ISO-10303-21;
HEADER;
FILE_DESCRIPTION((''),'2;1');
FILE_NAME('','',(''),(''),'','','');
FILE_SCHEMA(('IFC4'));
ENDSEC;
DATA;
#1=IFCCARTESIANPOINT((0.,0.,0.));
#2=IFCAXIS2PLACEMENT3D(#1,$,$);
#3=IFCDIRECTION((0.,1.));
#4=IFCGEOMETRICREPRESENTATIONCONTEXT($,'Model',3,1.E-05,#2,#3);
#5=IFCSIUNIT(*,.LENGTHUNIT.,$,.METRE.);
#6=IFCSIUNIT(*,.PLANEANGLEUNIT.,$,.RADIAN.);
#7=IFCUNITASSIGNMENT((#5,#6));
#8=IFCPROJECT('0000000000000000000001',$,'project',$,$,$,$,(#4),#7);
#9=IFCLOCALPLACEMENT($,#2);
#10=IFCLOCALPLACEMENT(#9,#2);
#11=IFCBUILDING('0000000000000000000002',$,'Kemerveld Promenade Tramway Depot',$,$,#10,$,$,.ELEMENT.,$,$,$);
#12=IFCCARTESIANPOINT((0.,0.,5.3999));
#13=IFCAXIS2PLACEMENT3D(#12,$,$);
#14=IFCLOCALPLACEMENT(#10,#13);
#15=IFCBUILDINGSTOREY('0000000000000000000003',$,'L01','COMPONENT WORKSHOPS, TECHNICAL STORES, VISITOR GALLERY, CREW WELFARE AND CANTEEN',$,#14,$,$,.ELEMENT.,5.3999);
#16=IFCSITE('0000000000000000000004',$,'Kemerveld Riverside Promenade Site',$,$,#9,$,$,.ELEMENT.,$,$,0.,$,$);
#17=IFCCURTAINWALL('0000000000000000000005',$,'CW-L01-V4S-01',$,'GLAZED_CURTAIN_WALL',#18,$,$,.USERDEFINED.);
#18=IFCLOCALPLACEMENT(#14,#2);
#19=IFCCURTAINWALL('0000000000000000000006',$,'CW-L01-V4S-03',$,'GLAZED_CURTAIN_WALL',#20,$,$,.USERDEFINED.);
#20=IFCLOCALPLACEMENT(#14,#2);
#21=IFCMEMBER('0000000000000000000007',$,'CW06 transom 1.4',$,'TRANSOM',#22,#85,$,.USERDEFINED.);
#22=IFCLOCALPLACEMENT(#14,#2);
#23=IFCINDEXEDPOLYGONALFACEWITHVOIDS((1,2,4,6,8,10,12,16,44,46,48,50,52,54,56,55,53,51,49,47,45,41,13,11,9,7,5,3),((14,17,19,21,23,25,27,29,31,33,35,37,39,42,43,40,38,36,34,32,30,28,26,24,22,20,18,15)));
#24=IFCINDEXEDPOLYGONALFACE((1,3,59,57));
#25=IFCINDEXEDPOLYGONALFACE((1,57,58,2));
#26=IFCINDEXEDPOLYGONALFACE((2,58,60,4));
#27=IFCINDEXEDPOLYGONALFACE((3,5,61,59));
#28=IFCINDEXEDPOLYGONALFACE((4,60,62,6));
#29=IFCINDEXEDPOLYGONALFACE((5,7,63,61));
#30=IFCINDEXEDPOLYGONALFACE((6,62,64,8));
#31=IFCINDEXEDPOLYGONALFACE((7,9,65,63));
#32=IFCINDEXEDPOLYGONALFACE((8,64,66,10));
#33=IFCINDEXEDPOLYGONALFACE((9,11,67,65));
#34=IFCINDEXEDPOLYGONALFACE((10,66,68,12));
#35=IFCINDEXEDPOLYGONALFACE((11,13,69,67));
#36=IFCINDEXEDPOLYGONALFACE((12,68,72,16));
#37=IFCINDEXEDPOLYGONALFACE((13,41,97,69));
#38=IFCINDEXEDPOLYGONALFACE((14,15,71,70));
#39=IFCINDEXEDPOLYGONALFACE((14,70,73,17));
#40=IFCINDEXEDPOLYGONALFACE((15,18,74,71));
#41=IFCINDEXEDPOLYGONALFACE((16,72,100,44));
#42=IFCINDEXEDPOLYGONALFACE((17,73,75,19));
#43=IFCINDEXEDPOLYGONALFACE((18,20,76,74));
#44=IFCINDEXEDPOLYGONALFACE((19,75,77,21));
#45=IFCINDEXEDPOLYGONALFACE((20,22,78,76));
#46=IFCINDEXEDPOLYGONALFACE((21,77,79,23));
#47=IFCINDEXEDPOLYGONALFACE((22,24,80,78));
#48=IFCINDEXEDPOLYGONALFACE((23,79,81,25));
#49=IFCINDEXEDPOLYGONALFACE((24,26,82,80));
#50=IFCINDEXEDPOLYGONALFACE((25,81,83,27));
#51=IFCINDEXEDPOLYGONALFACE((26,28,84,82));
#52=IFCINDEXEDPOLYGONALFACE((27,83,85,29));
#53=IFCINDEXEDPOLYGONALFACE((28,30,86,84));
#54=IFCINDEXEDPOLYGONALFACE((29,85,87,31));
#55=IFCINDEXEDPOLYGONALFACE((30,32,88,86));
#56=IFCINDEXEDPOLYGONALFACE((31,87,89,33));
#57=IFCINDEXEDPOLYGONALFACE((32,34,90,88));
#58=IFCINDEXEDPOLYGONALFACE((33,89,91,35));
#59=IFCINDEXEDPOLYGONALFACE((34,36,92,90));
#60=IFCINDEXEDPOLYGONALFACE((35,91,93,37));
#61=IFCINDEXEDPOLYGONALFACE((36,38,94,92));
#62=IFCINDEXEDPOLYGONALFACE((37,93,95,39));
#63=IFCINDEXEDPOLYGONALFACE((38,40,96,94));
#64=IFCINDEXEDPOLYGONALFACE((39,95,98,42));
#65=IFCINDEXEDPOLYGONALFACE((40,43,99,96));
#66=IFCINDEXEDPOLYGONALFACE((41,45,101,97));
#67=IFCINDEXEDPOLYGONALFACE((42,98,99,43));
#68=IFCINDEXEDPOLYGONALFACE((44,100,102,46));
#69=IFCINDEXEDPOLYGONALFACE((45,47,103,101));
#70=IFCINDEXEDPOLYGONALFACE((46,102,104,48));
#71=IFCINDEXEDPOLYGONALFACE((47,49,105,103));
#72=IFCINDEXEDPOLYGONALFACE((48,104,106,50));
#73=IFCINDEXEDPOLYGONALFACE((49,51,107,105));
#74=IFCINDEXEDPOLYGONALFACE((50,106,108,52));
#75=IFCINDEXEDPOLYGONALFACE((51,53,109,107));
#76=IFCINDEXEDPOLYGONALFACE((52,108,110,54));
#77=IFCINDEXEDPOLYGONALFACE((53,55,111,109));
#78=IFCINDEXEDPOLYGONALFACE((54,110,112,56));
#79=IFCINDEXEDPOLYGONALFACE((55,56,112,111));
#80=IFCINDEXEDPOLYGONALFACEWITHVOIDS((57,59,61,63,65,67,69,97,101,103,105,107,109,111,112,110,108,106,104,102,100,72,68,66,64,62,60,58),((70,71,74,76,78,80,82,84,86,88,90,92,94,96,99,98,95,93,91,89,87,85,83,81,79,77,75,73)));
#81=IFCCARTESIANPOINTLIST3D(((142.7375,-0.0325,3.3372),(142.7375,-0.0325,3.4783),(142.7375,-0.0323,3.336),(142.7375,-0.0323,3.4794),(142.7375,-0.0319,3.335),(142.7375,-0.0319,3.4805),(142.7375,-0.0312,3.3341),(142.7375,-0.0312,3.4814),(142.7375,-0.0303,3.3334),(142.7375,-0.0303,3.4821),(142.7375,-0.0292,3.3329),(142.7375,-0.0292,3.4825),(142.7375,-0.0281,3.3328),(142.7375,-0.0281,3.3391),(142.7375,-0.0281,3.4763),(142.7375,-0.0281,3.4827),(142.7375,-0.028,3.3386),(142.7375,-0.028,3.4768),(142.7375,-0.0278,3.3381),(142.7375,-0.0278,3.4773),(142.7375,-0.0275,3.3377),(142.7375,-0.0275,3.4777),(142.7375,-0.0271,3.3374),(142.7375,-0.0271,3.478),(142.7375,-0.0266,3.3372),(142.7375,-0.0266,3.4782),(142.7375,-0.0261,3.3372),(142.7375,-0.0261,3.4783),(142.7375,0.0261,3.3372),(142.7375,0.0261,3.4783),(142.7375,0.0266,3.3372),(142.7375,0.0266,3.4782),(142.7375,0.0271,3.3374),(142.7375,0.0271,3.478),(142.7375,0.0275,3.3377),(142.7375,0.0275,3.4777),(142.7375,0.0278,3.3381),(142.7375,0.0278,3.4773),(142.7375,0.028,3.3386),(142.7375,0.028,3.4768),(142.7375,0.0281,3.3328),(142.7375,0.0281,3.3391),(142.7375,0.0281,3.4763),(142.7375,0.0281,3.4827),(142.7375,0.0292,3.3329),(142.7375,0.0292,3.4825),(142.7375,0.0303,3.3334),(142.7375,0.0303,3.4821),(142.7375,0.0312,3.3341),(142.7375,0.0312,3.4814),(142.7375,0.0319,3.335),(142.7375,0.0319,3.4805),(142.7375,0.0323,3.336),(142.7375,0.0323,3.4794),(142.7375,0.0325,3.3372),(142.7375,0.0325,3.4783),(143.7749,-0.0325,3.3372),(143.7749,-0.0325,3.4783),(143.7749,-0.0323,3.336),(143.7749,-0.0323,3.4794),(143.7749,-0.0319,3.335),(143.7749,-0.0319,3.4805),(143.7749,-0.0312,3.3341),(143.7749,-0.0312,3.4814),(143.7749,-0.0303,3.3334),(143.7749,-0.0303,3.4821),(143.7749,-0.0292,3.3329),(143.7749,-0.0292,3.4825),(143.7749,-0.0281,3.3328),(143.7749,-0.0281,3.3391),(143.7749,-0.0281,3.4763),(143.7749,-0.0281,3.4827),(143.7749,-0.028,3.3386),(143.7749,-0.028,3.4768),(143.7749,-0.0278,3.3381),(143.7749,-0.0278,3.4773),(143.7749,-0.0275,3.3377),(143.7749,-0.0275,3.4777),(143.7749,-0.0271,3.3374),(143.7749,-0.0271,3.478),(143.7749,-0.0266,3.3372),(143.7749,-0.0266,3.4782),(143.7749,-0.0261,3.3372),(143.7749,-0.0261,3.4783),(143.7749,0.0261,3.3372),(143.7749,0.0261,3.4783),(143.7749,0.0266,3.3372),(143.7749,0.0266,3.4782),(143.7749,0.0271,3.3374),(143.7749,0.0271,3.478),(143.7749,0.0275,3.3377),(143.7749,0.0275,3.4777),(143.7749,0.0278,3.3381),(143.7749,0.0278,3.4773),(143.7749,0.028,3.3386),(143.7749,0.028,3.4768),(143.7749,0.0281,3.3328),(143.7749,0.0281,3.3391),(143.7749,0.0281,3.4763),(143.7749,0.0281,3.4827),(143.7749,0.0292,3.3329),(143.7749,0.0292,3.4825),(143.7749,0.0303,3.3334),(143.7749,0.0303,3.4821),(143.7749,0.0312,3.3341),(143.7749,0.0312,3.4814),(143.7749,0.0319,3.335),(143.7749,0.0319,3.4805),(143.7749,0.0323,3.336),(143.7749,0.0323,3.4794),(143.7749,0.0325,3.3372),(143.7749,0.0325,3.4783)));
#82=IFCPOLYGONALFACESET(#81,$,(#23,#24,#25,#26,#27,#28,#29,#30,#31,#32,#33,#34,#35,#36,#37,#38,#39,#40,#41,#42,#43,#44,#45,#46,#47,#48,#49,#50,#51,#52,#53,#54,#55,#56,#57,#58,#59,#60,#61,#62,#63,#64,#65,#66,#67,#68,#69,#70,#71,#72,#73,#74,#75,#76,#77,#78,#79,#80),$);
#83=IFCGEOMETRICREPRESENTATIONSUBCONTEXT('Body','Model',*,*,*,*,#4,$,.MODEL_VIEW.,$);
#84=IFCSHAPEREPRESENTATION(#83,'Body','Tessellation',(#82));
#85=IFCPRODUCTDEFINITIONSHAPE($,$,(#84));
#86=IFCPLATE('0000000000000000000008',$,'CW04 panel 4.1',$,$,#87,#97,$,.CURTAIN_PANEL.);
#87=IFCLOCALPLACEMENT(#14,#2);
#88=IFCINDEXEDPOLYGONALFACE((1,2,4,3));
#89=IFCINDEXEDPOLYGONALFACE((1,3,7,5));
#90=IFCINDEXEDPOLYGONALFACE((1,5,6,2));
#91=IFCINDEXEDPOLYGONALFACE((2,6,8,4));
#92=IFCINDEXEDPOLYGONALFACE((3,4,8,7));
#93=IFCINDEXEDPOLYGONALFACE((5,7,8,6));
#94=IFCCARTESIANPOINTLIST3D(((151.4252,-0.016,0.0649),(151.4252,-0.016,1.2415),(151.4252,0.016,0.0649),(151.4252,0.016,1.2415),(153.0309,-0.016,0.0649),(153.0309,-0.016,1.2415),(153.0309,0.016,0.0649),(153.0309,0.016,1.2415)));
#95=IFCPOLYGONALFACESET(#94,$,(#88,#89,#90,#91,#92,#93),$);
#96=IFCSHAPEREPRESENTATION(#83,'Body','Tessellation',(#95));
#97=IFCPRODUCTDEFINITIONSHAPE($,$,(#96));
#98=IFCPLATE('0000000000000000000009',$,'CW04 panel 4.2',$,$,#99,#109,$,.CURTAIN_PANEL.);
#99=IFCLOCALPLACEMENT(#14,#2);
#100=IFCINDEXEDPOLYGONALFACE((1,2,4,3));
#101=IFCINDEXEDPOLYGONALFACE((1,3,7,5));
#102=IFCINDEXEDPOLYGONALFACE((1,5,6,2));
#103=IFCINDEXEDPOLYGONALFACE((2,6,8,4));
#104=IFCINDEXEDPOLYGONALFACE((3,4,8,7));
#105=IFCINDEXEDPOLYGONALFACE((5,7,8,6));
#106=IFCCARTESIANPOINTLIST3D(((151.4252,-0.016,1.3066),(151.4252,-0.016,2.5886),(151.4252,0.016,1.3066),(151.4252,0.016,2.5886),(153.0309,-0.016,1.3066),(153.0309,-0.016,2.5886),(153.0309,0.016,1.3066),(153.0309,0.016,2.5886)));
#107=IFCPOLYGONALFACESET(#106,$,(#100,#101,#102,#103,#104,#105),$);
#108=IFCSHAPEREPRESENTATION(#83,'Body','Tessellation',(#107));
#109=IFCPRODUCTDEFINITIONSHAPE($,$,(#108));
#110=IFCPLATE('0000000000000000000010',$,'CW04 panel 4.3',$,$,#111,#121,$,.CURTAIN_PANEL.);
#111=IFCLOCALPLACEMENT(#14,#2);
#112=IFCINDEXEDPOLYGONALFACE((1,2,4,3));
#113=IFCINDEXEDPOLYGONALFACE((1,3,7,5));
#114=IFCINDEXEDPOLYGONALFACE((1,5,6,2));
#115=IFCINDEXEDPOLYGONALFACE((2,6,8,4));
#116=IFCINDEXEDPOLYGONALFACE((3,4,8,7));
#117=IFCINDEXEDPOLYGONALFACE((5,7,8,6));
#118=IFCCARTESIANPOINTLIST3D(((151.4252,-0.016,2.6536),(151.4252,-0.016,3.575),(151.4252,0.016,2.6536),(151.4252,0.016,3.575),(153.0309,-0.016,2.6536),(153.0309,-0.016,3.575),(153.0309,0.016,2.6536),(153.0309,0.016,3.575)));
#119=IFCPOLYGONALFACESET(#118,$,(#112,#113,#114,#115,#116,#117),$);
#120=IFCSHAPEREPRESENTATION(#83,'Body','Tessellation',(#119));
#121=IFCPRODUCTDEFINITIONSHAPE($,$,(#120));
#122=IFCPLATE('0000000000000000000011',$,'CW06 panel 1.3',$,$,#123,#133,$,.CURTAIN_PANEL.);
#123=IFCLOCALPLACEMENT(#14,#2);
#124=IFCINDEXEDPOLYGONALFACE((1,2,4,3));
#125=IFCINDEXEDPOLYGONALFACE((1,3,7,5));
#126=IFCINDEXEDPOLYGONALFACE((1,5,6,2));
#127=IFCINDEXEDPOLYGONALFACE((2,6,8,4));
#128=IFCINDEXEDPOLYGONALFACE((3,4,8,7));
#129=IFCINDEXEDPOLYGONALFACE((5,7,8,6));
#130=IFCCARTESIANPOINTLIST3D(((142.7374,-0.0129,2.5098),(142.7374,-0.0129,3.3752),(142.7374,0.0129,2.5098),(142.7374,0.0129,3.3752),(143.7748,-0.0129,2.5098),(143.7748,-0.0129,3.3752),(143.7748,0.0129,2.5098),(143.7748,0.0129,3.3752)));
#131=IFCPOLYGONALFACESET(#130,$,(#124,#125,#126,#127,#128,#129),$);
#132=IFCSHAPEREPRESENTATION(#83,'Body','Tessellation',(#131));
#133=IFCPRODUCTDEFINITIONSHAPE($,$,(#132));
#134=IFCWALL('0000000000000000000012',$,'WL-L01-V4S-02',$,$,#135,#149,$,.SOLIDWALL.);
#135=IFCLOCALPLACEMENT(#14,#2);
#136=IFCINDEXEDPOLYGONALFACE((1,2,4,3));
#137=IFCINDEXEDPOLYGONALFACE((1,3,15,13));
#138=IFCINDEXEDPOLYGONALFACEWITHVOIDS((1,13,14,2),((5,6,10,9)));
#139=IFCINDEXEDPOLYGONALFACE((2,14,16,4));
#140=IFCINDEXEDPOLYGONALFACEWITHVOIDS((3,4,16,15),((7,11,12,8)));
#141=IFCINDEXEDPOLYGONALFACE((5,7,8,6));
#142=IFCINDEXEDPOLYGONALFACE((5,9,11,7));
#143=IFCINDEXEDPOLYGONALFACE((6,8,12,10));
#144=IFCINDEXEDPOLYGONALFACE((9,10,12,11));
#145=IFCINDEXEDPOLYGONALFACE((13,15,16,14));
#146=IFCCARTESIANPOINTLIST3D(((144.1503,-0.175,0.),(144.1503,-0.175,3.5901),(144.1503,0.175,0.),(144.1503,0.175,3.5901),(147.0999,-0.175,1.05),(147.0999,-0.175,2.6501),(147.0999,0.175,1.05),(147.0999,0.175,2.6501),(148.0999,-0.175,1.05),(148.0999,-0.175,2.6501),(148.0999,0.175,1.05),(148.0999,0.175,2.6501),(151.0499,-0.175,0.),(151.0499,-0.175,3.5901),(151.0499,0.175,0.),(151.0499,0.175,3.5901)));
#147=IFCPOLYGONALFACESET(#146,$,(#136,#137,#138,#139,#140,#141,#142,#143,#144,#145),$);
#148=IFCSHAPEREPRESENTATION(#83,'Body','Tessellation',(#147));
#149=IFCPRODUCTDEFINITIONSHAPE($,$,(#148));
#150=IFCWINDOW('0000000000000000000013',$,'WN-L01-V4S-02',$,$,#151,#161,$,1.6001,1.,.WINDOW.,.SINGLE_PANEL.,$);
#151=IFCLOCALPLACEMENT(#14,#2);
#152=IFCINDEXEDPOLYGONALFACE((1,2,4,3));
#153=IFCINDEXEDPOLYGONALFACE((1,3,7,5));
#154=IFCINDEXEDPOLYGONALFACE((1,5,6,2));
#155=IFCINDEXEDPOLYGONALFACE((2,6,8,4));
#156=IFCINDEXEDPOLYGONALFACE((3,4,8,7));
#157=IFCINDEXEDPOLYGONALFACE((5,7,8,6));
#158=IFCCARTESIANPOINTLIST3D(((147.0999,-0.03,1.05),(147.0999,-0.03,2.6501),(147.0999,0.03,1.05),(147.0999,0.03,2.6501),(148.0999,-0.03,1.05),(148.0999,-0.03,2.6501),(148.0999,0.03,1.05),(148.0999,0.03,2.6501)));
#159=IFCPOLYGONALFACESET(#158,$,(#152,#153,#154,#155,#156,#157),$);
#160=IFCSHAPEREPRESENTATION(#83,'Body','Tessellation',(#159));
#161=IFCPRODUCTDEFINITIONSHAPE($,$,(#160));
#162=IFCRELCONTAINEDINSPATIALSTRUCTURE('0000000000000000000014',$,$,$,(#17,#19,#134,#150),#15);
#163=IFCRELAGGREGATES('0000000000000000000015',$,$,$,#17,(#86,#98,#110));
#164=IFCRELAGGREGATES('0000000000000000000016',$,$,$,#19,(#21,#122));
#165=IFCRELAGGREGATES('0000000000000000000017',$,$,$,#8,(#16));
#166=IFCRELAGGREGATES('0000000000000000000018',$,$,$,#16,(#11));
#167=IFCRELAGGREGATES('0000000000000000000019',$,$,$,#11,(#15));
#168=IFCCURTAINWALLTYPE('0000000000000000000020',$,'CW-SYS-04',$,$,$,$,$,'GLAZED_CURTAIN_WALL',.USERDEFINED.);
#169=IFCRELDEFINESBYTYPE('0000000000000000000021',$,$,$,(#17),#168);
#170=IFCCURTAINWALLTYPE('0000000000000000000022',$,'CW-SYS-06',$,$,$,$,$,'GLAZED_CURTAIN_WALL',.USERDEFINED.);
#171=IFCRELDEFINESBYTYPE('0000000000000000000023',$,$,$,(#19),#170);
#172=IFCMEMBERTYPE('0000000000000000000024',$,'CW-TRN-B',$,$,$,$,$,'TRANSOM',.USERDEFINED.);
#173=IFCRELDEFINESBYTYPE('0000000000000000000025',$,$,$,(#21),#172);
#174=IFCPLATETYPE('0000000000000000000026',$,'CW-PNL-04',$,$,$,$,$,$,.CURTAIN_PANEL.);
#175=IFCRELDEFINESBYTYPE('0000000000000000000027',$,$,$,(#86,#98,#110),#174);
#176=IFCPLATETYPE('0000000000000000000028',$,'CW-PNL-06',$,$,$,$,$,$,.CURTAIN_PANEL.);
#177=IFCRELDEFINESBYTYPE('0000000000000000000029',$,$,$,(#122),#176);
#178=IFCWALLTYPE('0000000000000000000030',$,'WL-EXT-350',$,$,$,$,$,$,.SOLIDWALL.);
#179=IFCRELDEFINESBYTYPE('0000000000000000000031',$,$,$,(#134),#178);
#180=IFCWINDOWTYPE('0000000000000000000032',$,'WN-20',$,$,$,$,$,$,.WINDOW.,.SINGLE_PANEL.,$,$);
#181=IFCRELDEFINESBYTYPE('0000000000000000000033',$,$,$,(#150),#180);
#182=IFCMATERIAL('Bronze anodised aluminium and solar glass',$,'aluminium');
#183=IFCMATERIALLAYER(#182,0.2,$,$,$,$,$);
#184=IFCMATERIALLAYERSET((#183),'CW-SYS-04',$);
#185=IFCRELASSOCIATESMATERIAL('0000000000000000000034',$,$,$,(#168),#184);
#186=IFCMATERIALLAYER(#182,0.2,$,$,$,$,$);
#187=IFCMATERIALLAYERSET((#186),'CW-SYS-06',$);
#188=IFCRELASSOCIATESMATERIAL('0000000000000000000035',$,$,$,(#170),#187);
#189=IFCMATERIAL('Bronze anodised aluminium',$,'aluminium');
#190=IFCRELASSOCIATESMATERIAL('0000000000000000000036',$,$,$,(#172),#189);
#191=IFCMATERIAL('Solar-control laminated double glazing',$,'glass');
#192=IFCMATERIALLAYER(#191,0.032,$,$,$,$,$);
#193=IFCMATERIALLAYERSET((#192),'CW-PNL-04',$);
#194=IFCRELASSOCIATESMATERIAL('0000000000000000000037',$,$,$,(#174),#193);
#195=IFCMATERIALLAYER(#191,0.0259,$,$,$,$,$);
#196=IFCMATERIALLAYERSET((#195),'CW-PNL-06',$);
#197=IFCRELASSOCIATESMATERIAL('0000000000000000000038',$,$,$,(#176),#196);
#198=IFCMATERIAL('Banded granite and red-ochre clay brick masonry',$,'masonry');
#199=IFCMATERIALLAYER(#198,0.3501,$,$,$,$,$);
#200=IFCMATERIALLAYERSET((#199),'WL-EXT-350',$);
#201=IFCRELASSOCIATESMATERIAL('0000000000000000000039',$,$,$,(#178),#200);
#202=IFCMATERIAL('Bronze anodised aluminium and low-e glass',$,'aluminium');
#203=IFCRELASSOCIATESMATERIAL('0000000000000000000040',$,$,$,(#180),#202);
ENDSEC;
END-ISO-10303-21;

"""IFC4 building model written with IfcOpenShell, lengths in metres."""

from ifc_helpers import new_model, si_unit, direction, frame, frame_2d, origin, origin_2d, place, context, subcontext, project, spatial, rectangle, hollow_rectangle, extrude, material, layer, layer_set, material_profile, profile_set, type_object, element, fill, aggregate, save


model = new_model("IFC4")

# Units and contexts
model_context = context("Model", 3, precision=1e-05, world=origin(), true_north=direction((0.0, 1.0)))
body_context = subcontext(model_context, "Body", "Model", "MODEL_VIEW")
ifc_project = project(units=[si_unit("LENGTHUNIT", "METRE"), si_unit("PLANEANGLEUNIT", "RADIAN")], contexts=[model_context])

# Site, building, storey
site_placement = place(None, origin())
site = spatial("IfcSite", under=ifc_project, at=site_placement, Name="Kemerveld Riverside Promenade Site", CompositionType="ELEMENT", RefElevation=0.0)
building_placement = place(site_placement, origin())
building = spatial("IfcBuilding", under=site, at=building_placement, Name="Kemerveld Promenade Tramway Depot", CompositionType="ELEMENT")
storey_placement = place(building_placement, frame((0.0, 0.0, 5.3999)))
storey = spatial("IfcBuildingStorey", under=building, at=storey_placement, Name="L01", Description="COMPONENT WORKSHOPS, TECHNICAL STORES, VISITOR GALLERY, CREW WELFARE AND CANTEEN", CompositionType="ELEMENT", Elevation=5.3999)

# Curtain wall
ifc_material_1 = material(Name="Bronze anodised aluminium and solar glass", Category="aluminium")
ifc_layer_1 = layer(ifc_material_1, 0.2)
ifc_layer_set_1 = layer_set([ifc_layer_1], Name="CW-SYS-04")
curtain_wall_type_1 = type_object("IfcCurtainWallType", Name="CW-SYS-04", ElementType="GLAZED_CURTAIN_WALL", PredefinedType="USERDEFINED", material=ifc_layer_set_1)
curtain_wall_1_placement = place(storey_placement, origin())
curtain_wall_1 = element("IfcCurtainWall", 1, at=curtain_wall_1_placement, inside=storey, type_object=curtain_wall_type_1, Name="CW-L01-V4S-01", ObjectType="GLAZED_CURTAIN_WALL", PredefinedType="USERDEFINED")
ifc_material_2 = material(Name="Bronze anodised aluminium", Category="aluminium")

# Curtain wall
ifc_layer_2 = layer(ifc_material_1, 0.2)
ifc_layer_set_2 = layer_set([ifc_layer_2], Name="CW-SYS-06")
curtain_wall_type_2 = type_object("IfcCurtainWallType", Name="CW-SYS-06", ElementType="GLAZED_CURTAIN_WALL", PredefinedType="USERDEFINED", material=ifc_layer_set_2)
curtain_wall_2_placement = place(storey_placement, origin())
curtain_wall_2 = element("IfcCurtainWall", 2, at=curtain_wall_2_placement, inside=storey, type_object=curtain_wall_type_2, Name="CW-L01-V4S-03", ObjectType="GLAZED_CURTAIN_WALL", PredefinedType="USERDEFINED")

# Member
ifc_material_profile_1 = material_profile(ifc_material_2, hollow_rectangle(XDim=0.0649, YDim=0.1499, WallThickness=0.0044, InnerFilletRadius=0.002, OuterFilletRadius=0.0044, at=origin_2d()), Name="CW-TRN-150x65")
ifc_profile_set_1 = profile_set([ifc_material_profile_1], Name="Bronze anodised aluminium")
member_type_1 = type_object("IfcMemberType", Name="CW-TRN-B", ElementType="TRANSOM", PredefinedType="USERDEFINED", material=ifc_profile_set_1)
member_1_placement = place(storey_placement, frame((143.7749, 0.0, 3.4077), z_axis=(-1.0, 0.0, 0.0), x_axis=(0.0, -1.0, 0.0)))
member_1 = element("IfcMember", 3, at=member_1_placement, type_object=member_type_1, Name="CW06 transom 1.4", ObjectType="TRANSOM", PredefinedType="USERDEFINED", context=body_context, shape_type="SweptSolid", body=[
    extrude(hollow_rectangle(XDim=0.0649, YDim=0.1499, WallThickness=0.0044, InnerFilletRadius=0.002, OuterFilletRadius=0.0044, at=origin_2d()), origin(), (0.0, 0.0, 1.0), 1.0374),
])

# Plates
ifc_material_3 = material(Name="Solar-control laminated double glazing", Category="glass")
ifc_layer_3 = layer(ifc_material_3, 0.032)
ifc_layer_set_3 = layer_set([ifc_layer_3], Name="CW-PNL-04")
plate_type_1 = type_object("IfcPlateType", Name="CW-PNL-04", PredefinedType="CURTAIN_PANEL", material=ifc_layer_set_3)
plate_1_placement = place(storey_placement, frame((152.228, 0.0, 0.0649), z_axis=(0.0, 0.0, 1.0), x_axis=(-1.0, 0.0, 0.0)))
plate_1 = element("IfcPlate", 4, at=plate_1_placement, type_object=plate_type_1, Name="CW04 panel 4.1", PredefinedType="CURTAIN_PANEL", context=body_context, shape_type="SweptSolid", body=[
    extrude(rectangle(XDim=1.6057, YDim=0.032, at=origin_2d()), origin(), (0.0, 0.0, 1.0), 1.1765),
])
plate_2_placement = place(storey_placement, frame((152.228, 0.0, 1.3066), z_axis=(0.0, 0.0, 1.0), x_axis=(-1.0, 0.0, 0.0)))
plate_2 = element("IfcPlate", 5, at=plate_2_placement, type_object=plate_type_1, Name="CW04 panel 4.2", PredefinedType="CURTAIN_PANEL", context=body_context, shape_type="SweptSolid", body=[
    extrude(rectangle(XDim=1.6057, YDim=0.032, at=origin_2d()), origin(), (0.0, 0.0, 1.0), 1.282),
])
plate_3_placement = place(storey_placement, frame((152.228, 0.0, 2.6536), z_axis=(0.0, 0.0, 1.0), x_axis=(-1.0, 0.0, 0.0)))
plate_3 = element("IfcPlate", 6, at=plate_3_placement, type_object=plate_type_1, Name="CW04 panel 4.3", PredefinedType="CURTAIN_PANEL", context=body_context, shape_type="SweptSolid", body=[
    extrude(rectangle(XDim=1.6057, YDim=0.032, at=origin_2d()), origin(), (0.0, 0.0, 1.0), 0.9214),
])
aggregate(curtain_wall_1, [plate_1, plate_2, plate_3])
ifc_layer_4 = layer(ifc_material_3, 0.0259)
ifc_layer_set_4 = layer_set([ifc_layer_4], Name="CW-PNL-06")
plate_type_2 = type_object("IfcPlateType", Name="CW-PNL-06", PredefinedType="CURTAIN_PANEL", material=ifc_layer_set_4)
plate_4_placement = place(storey_placement, frame((143.2561, 0.0, 2.5098), z_axis=(0.0, 0.0, 1.0), x_axis=(-1.0, 0.0, 0.0)))
plate_4 = element("IfcPlate", 7, at=plate_4_placement, type_object=plate_type_2, Name="CW06 panel 1.3", PredefinedType="CURTAIN_PANEL", context=body_context, shape_type="SweptSolid", body=[
    extrude(rectangle(XDim=1.0374, YDim=0.0259, at=origin_2d()), origin(), (0.0, 0.0, 1.0), 0.8655),
])
aggregate(curtain_wall_2, [member_1, plate_4])

# Wall, opening, window
ifc_material_4 = material(Name="Banded granite and red-ochre clay brick masonry", Category="masonry")
ifc_layer_5 = layer(ifc_material_4, 0.3501)
ifc_layer_set_5 = layer_set([ifc_layer_5], Name="WL-EXT-350")
wall_type = type_object("IfcWallType", Name="WL-EXT-350", PredefinedType="SOLIDWALL", material=ifc_layer_set_5)
wall_placement = place(storey_placement, frame((151.0498, 0.0, 0.0), z_axis=(0.0, 0.0, 1.0), x_axis=(-1.0, 0.0, 0.0)))
wall = element("IfcWall", 8, at=wall_placement, inside=storey, type_object=wall_type, Name="WL-L01-V4S-02", PredefinedType="SOLIDWALL", context=body_context, shape_type="SweptSolid", body=[
    extrude(rectangle(XDim=6.8997, YDim=0.3501, at=frame_2d((3.4497, 0.0))), origin(), (0.0, 0.0, 1.0), 3.5901),
])
opening_placement = place(wall_placement, frame((2.95, 0.0, 1.05)))
opening = element("IfcOpeningElement", 9, at=opening_placement, cuts=wall, PredefinedType="OPENING", context=body_context, shape_type="SweptSolid", body=[
    extrude(rectangle(XDim=1.0, YDim=1.6001, at=frame_2d((0.5, 0.8))), frame((0.0, 0.1851, 0.0), z_axis=(0.0, -1.0, 0.0), x_axis=(1.0, 0.0, 0.0)), (0.0, 0.0, 1.0), 0.3701),
])
ifc_material_5 = material(Name="Bronze anodised aluminium and low-e glass", Category="aluminium")
window_type = type_object("IfcWindowType", Name="WN-20", PartitioningType="SINGLE_PANEL", PredefinedType="WINDOW", material=ifc_material_5)
window_placement = place(opening_placement, origin())
window = element("IfcWindow", 10, at=window_placement, inside=storey, type_object=window_type, Name="WN-L01-V4S-02", OverallHeight=1.6001, OverallWidth=1.0, PartitioningType="SINGLE_PANEL", PredefinedType="WINDOW", context=body_context, shape_type="SweptSolid", body=[
    extrude(rectangle(XDim=1.0, YDim=1.6001, at=frame_2d((0.5, 0.8))), frame((0.0, 0.03, 0.0), z_axis=(0.0, -1.0, 0.0), x_axis=(1.0, 0.0, 0.0)), (0.0, 0.0, 1.0), 0.0601),
])
fill(opening, window)

save(model, "model.ifc")
